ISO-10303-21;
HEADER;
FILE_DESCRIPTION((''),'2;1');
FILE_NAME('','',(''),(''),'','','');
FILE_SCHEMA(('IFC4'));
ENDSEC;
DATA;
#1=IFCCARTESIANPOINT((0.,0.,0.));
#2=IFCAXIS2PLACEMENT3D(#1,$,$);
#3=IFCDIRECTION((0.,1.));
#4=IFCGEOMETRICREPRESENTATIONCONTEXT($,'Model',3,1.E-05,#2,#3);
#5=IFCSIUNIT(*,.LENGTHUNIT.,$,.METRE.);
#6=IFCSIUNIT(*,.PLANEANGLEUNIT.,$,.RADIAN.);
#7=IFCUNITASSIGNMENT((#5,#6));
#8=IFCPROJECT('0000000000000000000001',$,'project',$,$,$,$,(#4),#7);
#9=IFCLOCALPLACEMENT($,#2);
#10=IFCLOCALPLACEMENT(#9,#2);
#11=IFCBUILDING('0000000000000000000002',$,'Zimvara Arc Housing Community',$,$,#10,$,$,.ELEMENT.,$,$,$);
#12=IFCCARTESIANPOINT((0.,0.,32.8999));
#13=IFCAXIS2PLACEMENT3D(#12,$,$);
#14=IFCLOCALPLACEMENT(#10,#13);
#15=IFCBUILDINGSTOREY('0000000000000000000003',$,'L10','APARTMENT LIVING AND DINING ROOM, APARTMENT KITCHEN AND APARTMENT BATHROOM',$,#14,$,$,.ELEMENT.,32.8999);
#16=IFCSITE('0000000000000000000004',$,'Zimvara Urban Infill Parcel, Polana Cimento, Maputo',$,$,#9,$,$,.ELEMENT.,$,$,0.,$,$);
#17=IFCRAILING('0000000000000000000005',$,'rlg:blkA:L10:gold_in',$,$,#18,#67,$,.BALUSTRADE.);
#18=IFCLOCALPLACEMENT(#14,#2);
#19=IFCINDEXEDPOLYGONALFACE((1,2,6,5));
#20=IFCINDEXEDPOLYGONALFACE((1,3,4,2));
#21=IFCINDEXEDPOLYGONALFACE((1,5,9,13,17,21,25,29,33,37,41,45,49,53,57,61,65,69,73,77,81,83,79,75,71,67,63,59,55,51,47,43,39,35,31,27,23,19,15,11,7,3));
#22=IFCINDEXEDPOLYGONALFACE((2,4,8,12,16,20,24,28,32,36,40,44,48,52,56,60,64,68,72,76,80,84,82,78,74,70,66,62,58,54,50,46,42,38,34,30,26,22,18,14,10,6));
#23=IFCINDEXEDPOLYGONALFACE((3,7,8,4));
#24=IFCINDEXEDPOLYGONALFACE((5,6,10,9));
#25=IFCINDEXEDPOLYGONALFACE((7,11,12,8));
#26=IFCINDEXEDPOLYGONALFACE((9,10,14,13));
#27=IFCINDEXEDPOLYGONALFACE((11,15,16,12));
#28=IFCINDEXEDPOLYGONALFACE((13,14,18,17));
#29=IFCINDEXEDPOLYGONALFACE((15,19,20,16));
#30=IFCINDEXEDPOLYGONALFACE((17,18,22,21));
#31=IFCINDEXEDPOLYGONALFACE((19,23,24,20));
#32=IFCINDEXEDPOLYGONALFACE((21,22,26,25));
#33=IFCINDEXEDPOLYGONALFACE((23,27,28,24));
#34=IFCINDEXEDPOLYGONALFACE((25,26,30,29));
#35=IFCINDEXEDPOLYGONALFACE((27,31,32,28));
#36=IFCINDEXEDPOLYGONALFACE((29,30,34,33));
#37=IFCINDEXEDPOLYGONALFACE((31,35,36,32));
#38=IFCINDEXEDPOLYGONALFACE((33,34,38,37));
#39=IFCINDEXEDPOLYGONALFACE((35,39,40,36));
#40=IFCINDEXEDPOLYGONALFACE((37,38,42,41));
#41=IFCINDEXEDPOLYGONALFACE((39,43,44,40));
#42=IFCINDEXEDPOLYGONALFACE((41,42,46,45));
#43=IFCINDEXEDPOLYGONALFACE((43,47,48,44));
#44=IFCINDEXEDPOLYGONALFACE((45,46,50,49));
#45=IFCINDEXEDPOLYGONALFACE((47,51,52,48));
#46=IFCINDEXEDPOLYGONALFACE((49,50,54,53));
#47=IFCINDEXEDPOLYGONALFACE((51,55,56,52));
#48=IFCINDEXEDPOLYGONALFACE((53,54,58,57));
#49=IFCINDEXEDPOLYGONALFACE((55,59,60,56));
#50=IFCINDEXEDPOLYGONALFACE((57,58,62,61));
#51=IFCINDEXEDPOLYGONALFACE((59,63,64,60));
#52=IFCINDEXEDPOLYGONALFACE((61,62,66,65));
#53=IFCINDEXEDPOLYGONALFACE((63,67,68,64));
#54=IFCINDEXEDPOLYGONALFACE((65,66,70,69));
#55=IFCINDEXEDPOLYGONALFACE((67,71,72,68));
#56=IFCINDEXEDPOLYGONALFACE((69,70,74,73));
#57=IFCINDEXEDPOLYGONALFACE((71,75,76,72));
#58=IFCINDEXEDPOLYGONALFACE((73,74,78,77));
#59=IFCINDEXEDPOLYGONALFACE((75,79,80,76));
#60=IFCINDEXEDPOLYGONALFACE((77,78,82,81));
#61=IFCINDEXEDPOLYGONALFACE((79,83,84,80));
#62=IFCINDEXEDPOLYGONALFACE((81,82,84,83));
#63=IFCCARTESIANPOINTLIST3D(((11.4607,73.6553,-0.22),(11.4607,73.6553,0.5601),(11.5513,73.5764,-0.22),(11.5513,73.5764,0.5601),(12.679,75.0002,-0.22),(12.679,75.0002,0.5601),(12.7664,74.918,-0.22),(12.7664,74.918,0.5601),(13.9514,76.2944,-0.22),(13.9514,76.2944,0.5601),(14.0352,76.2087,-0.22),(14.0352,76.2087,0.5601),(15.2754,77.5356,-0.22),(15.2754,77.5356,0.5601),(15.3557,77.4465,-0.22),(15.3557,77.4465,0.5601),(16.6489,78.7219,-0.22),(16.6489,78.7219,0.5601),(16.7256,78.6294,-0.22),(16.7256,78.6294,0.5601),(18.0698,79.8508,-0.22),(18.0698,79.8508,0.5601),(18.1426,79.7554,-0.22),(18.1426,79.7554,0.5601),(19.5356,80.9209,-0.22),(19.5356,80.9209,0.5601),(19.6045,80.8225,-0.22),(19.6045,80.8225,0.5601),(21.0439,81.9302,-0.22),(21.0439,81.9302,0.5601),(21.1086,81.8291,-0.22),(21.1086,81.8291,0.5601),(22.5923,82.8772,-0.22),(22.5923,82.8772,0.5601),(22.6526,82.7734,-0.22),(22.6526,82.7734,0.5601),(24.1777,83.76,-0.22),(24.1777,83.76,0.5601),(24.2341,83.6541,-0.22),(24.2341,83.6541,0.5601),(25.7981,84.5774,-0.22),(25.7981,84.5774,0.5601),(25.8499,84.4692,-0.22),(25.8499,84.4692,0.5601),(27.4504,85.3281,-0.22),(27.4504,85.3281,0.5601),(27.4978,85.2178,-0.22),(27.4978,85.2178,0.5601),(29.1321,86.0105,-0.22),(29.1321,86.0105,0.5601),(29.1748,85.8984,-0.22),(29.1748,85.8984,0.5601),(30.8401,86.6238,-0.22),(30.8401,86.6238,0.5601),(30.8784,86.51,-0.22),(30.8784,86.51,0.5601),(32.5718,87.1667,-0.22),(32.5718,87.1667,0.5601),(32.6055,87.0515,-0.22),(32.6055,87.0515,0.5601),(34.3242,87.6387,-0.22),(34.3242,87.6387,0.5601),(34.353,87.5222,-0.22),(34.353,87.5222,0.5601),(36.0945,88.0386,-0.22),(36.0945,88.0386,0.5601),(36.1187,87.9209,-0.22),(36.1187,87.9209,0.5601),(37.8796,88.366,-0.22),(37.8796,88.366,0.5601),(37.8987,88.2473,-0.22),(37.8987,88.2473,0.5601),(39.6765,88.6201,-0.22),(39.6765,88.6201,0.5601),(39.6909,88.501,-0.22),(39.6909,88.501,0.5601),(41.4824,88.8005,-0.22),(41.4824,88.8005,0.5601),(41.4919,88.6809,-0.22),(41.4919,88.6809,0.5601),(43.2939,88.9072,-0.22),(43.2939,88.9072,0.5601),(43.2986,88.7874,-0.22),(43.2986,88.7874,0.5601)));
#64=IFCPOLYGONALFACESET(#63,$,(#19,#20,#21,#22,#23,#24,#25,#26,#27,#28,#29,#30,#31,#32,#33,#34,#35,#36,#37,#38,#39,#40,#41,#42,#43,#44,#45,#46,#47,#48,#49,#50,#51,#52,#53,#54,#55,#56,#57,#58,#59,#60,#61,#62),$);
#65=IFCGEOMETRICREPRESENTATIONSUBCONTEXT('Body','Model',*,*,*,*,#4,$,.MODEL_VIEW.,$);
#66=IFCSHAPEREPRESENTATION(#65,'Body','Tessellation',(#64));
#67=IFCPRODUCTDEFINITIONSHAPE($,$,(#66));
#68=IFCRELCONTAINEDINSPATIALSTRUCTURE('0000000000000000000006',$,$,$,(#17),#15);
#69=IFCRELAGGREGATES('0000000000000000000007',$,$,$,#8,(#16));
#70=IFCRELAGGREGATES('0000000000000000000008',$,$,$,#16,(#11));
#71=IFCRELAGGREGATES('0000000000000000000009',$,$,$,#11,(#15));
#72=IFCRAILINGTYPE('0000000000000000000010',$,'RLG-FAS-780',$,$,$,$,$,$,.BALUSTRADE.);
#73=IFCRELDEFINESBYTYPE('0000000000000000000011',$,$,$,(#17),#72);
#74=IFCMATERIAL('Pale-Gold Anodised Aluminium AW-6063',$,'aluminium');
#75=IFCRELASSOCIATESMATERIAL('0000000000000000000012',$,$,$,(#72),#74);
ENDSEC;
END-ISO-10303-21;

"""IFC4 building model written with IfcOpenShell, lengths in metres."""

from ifc_helpers import new_model, si_unit, direction, frame, origin, place, context, subcontext, project, spatial, polyline, outline, extrude, material, type_object, element, save


model = new_model("IFC4")

# Units and contexts
model_context = context("Model", 3, precision=1e-05, world=origin(), true_north=direction((0.0, 1.0)))
body_context = subcontext(model_context, "Body", "Model", "MODEL_VIEW")
ifc_project = project(units=[si_unit("LENGTHUNIT", "METRE"), si_unit("PLANEANGLEUNIT", "RADIAN")], contexts=[model_context])

# Site, building, storey
site_placement = place(None, origin())
site = spatial("IfcSite", under=ifc_project, at=site_placement, Name="Zimvara Urban Infill Parcel, Polana Cimento, Maputo", CompositionType="ELEMENT", RefElevation=0.0)
building_placement = place(site_placement, origin())
building = spatial("IfcBuilding", under=site, at=building_placement, Name="Zimvara Arc Housing Community", CompositionType="ELEMENT")
storey_placement = place(building_placement, frame((0.0, 0.0, 32.8999)))
storey = spatial("IfcBuildingStorey", under=building, at=storey_placement, Name="L10", Description="APARTMENT LIVING AND DINING ROOM, APARTMENT KITCHEN AND APARTMENT BATHROOM", CompositionType="ELEMENT", Elevation=32.8999)

# Railing
ifc_material_1 = material(Name="Pale-Gold Anodised Aluminium AW-6063", Category="aluminium")
railing_type = type_object("IfcRailingType", Name="RLG-FAS-780", PredefinedType="BALUSTRADE", material=ifc_material_1)
railing_1_placement = place(storey_placement, frame((0.0, 0.0, -0.22)))
element("IfcRailing", 1, at=railing_1_placement, inside=storey, type_object=railing_type, Name="rlg:blkA:L10:gold_in", PredefinedType="BALUSTRADE", context=body_context, shape_type="SweptSolid", body=[
    extrude(outline(polyline([(11.5513, 73.5764), (12.7664, 74.918), (14.0352, 76.2087), (15.3557, 77.4465), (16.7256, 78.6294), (18.1426, 79.7554), (19.6045, 80.8225), (21.1086, 81.8291), (22.6526, 82.7734), (24.2341, 83.6541), (25.8499, 84.4692), (27.4978, 85.2178), (29.1748, 85.8984), (30.8784, 86.51), (32.6055, 87.0515), (34.353, 87.5222), (36.1187, 87.9209), (37.8987, 88.2473), (39.6909, 88.501), (41.4919, 88.6809), (43.2986, 88.7874), (43.2939, 88.9072), (41.4824, 88.8005), (39.6765, 88.6201), (37.8796, 88.366), (36.0945, 88.0386), (34.3242, 87.6387), (32.5718, 87.1667), (30.8401, 86.6238), (29.1321, 86.0105), (27.4504, 85.3281), (25.7981, 84.5774), (24.1777, 83.76), (22.5923, 82.8772), (21.0439, 81.9302), (19.5356, 80.9209), (18.0698, 79.8508), (16.6489, 78.7219), (15.2754, 77.5356), (13.9514, 76.2944), (12.679, 75.0002), (11.4607, 73.6553), (11.5513, 73.5764)])), origin(), (0.0, 0.0, 1.0), 0.78),
])

save(model, "model.ifc")
